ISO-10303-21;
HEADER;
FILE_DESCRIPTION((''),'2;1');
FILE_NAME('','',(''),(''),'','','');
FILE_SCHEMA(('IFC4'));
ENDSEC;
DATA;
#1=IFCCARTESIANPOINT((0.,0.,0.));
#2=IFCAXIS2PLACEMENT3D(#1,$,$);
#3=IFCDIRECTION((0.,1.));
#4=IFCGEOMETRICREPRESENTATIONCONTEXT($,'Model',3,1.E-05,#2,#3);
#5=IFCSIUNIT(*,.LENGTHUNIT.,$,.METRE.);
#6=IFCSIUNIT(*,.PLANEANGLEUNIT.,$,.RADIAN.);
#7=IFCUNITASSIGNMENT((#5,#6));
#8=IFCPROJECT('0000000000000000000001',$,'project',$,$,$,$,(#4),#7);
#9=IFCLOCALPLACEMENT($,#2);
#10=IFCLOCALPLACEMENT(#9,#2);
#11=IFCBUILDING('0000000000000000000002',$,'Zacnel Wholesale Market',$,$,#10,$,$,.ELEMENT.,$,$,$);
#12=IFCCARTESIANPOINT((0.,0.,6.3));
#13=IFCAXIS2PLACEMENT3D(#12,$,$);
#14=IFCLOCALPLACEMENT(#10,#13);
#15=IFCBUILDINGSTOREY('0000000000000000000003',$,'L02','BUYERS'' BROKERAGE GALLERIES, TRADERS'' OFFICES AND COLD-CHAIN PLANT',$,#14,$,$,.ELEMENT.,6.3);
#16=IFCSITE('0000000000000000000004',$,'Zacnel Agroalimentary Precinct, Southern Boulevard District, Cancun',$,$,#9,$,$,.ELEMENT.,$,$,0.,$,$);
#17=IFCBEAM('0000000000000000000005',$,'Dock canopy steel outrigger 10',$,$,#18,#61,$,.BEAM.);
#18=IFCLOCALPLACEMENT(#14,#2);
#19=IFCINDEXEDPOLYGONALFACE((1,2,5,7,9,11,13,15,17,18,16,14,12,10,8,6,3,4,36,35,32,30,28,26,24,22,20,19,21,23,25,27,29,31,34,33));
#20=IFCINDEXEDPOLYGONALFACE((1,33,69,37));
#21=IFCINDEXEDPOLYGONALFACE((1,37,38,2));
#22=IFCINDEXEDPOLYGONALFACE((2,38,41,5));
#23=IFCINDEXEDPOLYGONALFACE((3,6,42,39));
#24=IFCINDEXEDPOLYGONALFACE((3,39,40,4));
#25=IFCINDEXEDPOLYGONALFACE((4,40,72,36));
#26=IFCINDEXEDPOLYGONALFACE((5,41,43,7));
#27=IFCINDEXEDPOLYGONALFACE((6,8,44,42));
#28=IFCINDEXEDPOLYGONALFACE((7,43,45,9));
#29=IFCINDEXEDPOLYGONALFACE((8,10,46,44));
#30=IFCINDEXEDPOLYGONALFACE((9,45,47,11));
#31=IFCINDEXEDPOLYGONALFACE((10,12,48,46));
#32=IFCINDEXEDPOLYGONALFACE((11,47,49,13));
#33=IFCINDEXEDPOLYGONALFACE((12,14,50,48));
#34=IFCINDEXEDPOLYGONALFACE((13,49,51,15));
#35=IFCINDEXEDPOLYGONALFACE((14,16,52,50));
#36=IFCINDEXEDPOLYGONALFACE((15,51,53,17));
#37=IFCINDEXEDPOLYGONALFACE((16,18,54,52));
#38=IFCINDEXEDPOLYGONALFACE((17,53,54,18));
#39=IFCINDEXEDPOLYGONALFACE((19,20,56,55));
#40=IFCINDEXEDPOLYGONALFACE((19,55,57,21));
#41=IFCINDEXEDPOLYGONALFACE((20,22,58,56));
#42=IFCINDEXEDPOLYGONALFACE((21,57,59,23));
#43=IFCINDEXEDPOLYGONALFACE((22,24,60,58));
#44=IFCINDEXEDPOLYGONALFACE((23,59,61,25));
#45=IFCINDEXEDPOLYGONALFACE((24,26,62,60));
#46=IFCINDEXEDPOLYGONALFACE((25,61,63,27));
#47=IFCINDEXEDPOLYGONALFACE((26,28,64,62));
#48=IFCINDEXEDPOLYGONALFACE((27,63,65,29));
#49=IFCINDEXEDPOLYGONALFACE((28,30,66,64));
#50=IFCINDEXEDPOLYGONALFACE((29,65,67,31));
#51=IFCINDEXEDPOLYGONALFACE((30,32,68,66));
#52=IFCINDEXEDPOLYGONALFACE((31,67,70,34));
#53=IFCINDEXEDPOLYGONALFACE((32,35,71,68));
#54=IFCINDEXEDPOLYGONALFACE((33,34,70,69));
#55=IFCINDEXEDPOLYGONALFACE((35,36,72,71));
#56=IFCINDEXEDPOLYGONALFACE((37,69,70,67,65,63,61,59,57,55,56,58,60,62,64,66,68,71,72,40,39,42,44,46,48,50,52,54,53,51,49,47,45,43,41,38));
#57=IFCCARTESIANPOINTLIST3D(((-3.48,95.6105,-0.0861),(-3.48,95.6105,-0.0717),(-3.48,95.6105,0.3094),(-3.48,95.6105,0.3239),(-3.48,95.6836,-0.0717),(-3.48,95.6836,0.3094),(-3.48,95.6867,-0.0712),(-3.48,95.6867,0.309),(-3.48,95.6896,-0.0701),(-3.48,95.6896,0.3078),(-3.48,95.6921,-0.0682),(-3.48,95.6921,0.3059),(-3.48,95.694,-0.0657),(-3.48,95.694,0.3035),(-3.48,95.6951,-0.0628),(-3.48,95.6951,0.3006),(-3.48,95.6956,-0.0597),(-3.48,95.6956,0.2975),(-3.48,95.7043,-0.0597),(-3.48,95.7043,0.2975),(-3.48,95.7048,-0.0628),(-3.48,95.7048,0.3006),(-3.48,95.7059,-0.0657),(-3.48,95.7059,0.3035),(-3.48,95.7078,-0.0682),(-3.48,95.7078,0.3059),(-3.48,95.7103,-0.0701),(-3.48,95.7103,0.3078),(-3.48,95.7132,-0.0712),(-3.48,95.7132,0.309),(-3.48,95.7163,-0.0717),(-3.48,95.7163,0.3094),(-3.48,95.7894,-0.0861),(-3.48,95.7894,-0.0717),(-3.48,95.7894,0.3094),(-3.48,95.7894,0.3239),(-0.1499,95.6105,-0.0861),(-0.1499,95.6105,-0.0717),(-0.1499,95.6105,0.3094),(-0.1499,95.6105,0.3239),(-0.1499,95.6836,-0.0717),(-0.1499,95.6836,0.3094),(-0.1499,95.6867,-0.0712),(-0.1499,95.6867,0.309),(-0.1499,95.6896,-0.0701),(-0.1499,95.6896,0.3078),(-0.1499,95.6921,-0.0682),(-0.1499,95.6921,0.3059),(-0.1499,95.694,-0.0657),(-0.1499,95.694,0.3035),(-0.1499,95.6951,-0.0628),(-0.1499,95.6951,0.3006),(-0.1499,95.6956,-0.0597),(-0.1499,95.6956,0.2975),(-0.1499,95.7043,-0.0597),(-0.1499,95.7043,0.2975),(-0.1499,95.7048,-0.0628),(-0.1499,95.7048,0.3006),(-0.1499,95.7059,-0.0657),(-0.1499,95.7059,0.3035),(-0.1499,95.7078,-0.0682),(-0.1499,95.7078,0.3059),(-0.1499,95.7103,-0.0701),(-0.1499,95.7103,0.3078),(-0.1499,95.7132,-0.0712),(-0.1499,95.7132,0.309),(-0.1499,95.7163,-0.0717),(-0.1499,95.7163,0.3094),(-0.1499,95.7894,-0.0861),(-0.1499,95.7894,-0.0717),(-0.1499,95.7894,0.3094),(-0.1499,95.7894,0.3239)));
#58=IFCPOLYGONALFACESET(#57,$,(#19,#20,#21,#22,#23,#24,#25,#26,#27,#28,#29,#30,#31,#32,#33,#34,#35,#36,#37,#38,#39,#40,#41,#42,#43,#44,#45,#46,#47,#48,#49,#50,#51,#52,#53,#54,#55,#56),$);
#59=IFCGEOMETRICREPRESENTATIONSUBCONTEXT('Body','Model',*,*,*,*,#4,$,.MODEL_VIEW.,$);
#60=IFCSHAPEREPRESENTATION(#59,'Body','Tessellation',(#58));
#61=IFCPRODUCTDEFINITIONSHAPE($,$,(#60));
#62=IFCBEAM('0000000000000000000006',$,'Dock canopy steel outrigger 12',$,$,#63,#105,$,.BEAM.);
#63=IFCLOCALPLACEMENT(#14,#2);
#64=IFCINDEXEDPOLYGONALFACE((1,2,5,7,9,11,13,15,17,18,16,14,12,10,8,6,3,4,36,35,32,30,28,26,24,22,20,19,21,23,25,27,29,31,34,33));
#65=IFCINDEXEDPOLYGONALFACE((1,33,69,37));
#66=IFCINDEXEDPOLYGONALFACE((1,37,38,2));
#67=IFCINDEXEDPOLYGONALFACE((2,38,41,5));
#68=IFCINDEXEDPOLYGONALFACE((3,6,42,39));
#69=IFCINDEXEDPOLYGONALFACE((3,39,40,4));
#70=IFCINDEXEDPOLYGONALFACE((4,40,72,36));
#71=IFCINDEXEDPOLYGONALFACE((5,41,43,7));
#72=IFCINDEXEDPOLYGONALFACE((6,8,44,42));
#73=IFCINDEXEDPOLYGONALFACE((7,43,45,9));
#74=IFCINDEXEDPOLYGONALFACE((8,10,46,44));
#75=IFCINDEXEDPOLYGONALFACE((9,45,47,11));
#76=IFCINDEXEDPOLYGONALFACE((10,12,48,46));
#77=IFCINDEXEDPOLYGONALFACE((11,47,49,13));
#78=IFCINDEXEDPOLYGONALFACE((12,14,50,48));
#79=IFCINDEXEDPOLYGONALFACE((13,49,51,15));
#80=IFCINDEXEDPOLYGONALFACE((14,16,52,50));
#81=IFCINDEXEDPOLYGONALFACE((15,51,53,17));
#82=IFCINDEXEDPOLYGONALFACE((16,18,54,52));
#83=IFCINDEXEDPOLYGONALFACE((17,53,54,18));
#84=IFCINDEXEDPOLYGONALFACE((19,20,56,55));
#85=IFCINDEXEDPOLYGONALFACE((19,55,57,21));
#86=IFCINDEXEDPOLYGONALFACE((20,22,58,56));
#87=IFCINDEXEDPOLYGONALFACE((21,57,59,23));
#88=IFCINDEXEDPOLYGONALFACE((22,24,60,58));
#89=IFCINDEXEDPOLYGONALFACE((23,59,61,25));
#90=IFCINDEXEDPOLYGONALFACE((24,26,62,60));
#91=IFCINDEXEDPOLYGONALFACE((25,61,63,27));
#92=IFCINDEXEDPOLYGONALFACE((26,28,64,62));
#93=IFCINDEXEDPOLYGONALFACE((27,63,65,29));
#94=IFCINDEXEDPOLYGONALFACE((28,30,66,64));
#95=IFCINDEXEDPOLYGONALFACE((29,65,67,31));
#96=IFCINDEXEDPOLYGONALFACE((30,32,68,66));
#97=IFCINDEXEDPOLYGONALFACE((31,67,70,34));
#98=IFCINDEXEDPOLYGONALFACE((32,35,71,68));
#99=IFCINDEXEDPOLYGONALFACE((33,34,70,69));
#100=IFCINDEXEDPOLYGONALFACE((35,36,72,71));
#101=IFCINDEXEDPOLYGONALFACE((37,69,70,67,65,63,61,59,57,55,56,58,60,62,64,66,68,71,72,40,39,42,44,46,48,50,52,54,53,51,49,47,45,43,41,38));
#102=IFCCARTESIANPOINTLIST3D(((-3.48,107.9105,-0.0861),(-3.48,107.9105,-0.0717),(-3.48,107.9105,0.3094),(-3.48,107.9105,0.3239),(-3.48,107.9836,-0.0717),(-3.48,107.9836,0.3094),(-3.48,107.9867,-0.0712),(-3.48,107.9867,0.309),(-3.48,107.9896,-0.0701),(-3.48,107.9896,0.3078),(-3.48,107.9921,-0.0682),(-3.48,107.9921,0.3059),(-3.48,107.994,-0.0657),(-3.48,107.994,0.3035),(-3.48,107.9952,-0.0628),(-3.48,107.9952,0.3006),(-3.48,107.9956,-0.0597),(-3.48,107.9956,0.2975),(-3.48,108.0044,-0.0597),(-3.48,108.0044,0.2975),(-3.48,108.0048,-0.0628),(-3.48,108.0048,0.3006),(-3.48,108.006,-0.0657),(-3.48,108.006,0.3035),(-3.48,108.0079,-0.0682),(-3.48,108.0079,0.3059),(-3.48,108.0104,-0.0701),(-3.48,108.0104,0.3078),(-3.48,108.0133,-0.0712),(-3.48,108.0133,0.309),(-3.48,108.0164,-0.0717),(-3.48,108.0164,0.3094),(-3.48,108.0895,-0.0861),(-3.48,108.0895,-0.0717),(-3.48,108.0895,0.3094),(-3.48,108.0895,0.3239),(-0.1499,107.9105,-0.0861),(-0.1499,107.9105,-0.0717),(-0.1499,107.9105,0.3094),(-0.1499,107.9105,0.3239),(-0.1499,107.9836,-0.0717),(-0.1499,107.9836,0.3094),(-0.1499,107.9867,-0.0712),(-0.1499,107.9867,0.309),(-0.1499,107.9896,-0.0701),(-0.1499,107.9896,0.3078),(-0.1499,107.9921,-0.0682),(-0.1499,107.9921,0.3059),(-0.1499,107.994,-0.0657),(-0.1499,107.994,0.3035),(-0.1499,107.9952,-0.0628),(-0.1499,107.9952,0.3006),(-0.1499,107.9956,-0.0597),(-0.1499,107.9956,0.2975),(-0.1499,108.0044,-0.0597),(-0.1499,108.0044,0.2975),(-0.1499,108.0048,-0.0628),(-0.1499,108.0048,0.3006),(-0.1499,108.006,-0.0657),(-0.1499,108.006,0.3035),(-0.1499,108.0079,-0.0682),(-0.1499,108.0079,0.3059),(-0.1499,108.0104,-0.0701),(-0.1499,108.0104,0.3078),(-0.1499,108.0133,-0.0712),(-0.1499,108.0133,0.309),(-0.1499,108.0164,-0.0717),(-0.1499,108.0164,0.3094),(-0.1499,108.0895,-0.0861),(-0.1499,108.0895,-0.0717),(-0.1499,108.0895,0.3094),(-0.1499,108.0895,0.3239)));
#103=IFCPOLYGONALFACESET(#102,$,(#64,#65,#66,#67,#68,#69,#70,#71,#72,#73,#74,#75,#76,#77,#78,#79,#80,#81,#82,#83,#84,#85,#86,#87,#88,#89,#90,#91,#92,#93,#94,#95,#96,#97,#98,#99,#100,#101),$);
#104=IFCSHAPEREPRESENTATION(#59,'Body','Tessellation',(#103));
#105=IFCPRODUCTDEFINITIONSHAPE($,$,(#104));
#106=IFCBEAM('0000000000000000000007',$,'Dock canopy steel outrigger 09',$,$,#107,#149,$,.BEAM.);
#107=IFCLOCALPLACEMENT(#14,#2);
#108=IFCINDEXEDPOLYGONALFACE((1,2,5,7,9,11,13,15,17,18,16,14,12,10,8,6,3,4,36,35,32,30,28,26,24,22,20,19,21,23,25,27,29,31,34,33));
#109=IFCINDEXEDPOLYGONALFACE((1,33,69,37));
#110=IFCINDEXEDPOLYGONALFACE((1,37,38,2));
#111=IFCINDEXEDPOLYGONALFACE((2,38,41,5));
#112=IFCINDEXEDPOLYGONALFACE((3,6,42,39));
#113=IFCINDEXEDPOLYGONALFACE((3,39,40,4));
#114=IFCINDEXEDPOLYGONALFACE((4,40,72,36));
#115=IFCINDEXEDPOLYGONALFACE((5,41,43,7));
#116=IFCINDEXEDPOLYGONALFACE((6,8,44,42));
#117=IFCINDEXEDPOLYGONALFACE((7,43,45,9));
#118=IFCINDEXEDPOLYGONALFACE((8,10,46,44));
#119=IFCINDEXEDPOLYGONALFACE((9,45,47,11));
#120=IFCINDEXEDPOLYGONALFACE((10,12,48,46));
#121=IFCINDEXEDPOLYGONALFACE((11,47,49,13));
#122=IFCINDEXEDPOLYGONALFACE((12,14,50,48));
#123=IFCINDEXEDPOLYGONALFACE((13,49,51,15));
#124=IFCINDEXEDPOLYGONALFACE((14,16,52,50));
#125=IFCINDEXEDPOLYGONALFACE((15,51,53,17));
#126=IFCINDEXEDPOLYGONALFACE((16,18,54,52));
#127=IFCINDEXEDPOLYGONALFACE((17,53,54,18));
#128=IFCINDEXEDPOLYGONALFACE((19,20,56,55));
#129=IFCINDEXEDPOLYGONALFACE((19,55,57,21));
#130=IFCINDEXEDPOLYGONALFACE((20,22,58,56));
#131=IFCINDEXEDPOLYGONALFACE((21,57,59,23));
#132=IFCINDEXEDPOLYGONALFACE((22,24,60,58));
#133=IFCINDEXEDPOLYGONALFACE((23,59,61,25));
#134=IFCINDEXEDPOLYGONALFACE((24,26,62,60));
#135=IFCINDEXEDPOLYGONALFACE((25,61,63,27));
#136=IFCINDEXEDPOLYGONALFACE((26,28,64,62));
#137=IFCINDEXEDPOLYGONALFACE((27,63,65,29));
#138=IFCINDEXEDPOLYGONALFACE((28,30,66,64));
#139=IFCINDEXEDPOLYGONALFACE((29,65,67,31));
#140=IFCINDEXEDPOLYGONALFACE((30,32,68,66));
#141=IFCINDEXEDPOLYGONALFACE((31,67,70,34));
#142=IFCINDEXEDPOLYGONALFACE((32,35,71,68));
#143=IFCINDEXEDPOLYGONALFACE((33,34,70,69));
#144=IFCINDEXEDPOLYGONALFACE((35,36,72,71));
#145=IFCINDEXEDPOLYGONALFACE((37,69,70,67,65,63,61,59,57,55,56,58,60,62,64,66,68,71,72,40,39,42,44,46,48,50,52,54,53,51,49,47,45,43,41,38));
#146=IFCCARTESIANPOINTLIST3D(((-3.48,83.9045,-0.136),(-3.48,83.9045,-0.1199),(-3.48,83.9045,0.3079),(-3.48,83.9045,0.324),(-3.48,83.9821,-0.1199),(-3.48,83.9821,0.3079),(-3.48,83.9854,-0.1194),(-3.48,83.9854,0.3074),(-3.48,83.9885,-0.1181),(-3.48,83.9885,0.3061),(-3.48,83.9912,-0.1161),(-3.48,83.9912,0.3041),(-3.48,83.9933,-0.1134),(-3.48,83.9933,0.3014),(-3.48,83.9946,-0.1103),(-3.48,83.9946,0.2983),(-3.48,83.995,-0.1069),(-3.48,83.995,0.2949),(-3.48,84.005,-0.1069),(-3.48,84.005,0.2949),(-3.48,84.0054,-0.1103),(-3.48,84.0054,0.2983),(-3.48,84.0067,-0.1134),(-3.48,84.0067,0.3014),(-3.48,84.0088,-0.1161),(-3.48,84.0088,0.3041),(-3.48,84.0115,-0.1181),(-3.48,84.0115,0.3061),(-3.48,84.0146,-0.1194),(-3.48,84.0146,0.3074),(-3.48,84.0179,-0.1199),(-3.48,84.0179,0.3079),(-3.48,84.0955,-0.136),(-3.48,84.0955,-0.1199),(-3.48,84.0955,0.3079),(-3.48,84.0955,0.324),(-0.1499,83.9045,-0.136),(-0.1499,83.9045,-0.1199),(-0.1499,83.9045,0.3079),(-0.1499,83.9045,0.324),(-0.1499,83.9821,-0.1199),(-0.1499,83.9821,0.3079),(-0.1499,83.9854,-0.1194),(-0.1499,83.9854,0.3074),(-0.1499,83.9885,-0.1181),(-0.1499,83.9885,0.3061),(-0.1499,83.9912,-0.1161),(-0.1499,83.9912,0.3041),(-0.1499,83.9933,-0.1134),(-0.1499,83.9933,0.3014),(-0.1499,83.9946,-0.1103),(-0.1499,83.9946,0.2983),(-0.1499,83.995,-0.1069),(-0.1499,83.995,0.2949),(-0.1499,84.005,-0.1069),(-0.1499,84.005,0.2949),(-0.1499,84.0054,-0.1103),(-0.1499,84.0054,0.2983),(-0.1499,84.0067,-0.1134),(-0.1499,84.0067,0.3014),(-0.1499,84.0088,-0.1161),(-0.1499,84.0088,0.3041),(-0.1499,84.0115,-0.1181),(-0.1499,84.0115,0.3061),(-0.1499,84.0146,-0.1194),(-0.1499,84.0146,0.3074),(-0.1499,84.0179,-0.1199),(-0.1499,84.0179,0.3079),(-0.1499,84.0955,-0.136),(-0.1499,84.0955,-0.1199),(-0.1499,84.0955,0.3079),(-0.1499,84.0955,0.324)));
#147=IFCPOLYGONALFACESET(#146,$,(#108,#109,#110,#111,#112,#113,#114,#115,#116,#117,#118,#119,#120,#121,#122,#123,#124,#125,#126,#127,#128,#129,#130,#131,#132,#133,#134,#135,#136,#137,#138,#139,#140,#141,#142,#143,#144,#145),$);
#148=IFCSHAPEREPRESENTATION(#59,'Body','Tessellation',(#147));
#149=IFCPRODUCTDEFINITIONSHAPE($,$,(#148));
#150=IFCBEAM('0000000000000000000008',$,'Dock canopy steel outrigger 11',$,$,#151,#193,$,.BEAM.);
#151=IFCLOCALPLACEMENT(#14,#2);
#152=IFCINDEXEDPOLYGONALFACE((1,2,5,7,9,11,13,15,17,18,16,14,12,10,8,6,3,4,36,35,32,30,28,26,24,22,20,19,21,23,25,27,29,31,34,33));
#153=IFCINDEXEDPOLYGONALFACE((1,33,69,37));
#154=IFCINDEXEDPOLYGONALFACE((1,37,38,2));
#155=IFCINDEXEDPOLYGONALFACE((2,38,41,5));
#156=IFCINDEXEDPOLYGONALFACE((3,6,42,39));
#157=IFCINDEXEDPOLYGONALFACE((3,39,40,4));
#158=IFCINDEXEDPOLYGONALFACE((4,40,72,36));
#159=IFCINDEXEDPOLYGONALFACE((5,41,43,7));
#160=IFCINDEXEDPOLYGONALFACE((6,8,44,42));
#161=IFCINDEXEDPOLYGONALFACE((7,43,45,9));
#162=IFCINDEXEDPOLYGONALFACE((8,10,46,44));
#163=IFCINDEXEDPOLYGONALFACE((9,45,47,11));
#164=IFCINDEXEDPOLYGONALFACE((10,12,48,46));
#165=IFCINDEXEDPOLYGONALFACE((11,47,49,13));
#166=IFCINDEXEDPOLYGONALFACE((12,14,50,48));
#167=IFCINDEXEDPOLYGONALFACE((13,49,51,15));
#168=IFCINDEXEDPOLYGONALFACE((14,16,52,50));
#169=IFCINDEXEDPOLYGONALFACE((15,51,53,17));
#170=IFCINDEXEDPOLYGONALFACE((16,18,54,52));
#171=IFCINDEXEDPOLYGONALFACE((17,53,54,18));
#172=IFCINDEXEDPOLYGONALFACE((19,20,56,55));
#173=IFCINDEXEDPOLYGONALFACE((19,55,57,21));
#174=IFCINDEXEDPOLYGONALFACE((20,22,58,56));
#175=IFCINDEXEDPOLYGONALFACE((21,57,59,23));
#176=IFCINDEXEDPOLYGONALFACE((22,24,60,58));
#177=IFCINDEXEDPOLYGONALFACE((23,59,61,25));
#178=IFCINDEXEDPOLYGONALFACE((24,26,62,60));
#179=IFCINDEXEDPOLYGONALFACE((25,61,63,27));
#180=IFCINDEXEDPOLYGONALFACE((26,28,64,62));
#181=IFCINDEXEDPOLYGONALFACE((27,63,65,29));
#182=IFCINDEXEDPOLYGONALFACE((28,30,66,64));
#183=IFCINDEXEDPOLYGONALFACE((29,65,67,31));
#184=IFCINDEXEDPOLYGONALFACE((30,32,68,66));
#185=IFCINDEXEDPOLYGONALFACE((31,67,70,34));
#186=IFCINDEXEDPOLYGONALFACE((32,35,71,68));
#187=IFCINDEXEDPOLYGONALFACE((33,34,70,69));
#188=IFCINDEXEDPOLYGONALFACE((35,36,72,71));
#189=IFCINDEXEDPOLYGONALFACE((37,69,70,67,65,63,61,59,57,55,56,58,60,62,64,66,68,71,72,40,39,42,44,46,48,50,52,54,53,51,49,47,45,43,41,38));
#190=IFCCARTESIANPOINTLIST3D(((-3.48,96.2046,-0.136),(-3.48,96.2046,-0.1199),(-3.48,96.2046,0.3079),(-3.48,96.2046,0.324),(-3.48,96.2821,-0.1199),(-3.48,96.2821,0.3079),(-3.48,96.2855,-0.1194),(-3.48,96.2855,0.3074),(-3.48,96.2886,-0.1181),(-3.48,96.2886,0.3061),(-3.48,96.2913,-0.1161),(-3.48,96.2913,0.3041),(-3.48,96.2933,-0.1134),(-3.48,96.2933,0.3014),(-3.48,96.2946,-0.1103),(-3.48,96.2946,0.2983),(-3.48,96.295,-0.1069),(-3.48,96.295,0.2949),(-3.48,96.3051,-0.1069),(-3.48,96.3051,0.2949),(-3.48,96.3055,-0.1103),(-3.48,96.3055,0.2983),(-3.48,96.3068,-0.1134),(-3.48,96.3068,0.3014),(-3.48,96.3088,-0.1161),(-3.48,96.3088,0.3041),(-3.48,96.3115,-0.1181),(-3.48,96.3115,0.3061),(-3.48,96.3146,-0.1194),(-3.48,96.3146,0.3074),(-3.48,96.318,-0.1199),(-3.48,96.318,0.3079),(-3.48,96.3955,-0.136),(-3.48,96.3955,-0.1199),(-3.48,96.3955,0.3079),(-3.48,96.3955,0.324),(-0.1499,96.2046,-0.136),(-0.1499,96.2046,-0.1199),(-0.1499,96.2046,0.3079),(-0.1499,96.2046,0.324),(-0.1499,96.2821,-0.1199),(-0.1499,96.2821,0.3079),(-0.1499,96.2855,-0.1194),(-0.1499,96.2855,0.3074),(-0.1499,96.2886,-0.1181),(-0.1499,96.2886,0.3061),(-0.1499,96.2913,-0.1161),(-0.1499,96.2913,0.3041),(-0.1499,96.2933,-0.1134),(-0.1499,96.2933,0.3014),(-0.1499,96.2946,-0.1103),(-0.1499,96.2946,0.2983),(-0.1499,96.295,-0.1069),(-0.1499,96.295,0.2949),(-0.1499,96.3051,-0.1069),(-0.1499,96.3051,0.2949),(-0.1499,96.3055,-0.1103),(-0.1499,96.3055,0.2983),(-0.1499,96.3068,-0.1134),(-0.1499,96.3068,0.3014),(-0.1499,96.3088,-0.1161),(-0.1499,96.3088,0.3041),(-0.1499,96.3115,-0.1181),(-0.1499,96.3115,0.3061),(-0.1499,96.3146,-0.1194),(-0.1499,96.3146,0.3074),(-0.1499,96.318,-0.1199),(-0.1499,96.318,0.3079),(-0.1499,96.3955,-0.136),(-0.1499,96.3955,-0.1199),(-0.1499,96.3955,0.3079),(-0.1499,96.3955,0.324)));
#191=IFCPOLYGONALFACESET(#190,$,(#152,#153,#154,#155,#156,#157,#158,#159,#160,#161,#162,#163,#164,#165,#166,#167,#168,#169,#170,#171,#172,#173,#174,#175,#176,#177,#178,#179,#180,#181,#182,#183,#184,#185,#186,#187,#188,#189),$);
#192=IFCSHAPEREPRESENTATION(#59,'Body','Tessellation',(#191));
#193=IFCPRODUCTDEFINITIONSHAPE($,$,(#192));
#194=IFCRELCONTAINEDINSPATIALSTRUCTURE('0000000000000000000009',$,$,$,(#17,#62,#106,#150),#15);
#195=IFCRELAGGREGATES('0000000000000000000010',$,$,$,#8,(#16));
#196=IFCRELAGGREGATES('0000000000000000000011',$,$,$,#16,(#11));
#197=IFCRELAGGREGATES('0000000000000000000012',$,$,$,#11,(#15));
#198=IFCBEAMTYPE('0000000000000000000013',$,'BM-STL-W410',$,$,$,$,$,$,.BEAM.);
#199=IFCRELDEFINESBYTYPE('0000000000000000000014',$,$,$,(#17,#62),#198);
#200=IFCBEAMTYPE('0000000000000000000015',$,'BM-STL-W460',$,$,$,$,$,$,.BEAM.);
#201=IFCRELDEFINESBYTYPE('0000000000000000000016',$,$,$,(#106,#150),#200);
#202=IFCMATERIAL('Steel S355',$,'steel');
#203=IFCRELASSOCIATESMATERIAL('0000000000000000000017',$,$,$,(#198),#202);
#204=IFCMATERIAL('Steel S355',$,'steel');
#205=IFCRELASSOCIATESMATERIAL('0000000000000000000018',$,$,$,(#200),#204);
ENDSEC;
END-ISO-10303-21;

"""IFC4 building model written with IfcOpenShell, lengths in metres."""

from ifc_helpers import new_model, si_unit, direction, frame, origin, origin_2d, place, context, subcontext, project, spatial, i_section, extrude, material, material_profile, profile_set, type_object, element, save


model = new_model("IFC4")

# Units and contexts
model_context = context("Model", 3, precision=1e-05, world=origin(), true_north=direction((0.0, 1.0)))
body_context = subcontext(model_context, "Body", "Model", "MODEL_VIEW")
ifc_project = project(units=[si_unit("LENGTHUNIT", "METRE"), si_unit("PLANEANGLEUNIT", "RADIAN")], contexts=[model_context])

# Site, building, storey
site_placement = place(None, origin())
site = spatial("IfcSite", under=ifc_project, at=site_placement, Name="Zacnel Agroalimentary Precinct, Southern Boulevard District, Cancun", CompositionType="ELEMENT", RefElevation=0.0)
building_placement = place(site_placement, origin())
building = spatial("IfcBuilding", under=site, at=building_placement, Name="Zacnel Wholesale Market", CompositionType="ELEMENT")
storey_placement = place(building_placement, frame((0.0, 0.0, 6.3)))
storey = spatial("IfcBuildingStorey", under=building, at=storey_placement, Name="L02", Description="BUYERS' BROKERAGE GALLERIES, TRADERS' OFFICES AND COLD-CHAIN PLANT", CompositionType="ELEMENT", Elevation=6.3)

# Beams
ifc_material_1 = material(Name="Steel S355", Category="steel")
ifc_material_profile_1 = material_profile(ifc_material_1, i_section(OverallWidth=0.179, OverallDepth=0.4099, WebThickness=0.0088, FlangeThickness=0.0144, FilletRadius=0.012, at=origin_2d()), Name="W410X67")
ifc_profile_set_1 = profile_set([ifc_material_profile_1], Name="Steel S355")
beam_type_1 = type_object("IfcBeamType", Name="BM-STL-W410", PredefinedType="BEAM", material=ifc_profile_set_1)
for number, where, z_axis, x_axis, name in (
    (1, (-0.1499, 95.7, 0.1189), (-1.0, 0.0, 0.0), (0.0, -1.0, 0.0), "Dock canopy steel outrigger 10"),
    (2, (-0.1499, 108.0, 0.1189), (-1.0, 0.0, 0.0), (0.0, -1.0, 0.0), "Dock canopy steel outrigger 12"),
):
    element("IfcBeam", number, at=place(storey_placement, frame(where, z_axis=z_axis, x_axis=x_axis)), inside=storey, type_object=beam_type_1, Name=name, PredefinedType="BEAM", context=body_context, shape_type="SweptSolid", body=[
        extrude(i_section(OverallWidth=0.179, OverallDepth=0.4099, WebThickness=0.0088, FlangeThickness=0.0144, FilletRadius=0.012, at=origin_2d()), origin(), (0.0, 0.0, 1.0), 3.3301),
    ])
ifc_material_2 = material(Name="Steel S355", Category="steel")
ifc_material_profile_2 = material_profile(ifc_material_2, i_section(OverallWidth=0.1909, OverallDepth=0.46, WebThickness=0.01, FlangeThickness=0.0161, FilletRadius=0.0129, at=origin_2d()), Name="W460X82")
ifc_profile_set_2 = profile_set([ifc_material_profile_2], Name="Steel S355")
beam_type_2 = type_object("IfcBeamType", Name="BM-STL-W460", PredefinedType="BEAM", material=ifc_profile_set_2)
for number, where, z_axis, x_axis, name in (
    (3, (-0.1499, 84.0, 0.094), (-1.0, 0.0, 0.0), (0.0, -1.0, 0.0), "Dock canopy steel outrigger 09"),
    (4, (-0.1499, 96.3, 0.094), (-1.0, 0.0, 0.0), (0.0, -1.0, 0.0), "Dock canopy steel outrigger 11"),
):
    element("IfcBeam", number, at=place(storey_placement, frame(where, z_axis=z_axis, x_axis=x_axis)), inside=storey, type_object=beam_type_2, Name=name, PredefinedType="BEAM", context=body_context, shape_type="SweptSolid", body=[
        extrude(i_section(OverallWidth=0.1909, OverallDepth=0.46, WebThickness=0.01, FlangeThickness=0.0161, FilletRadius=0.0129, at=origin_2d()), origin(), (0.0, 0.0, 1.0), 3.3301),
    ])

save(model, "model.ifc")
